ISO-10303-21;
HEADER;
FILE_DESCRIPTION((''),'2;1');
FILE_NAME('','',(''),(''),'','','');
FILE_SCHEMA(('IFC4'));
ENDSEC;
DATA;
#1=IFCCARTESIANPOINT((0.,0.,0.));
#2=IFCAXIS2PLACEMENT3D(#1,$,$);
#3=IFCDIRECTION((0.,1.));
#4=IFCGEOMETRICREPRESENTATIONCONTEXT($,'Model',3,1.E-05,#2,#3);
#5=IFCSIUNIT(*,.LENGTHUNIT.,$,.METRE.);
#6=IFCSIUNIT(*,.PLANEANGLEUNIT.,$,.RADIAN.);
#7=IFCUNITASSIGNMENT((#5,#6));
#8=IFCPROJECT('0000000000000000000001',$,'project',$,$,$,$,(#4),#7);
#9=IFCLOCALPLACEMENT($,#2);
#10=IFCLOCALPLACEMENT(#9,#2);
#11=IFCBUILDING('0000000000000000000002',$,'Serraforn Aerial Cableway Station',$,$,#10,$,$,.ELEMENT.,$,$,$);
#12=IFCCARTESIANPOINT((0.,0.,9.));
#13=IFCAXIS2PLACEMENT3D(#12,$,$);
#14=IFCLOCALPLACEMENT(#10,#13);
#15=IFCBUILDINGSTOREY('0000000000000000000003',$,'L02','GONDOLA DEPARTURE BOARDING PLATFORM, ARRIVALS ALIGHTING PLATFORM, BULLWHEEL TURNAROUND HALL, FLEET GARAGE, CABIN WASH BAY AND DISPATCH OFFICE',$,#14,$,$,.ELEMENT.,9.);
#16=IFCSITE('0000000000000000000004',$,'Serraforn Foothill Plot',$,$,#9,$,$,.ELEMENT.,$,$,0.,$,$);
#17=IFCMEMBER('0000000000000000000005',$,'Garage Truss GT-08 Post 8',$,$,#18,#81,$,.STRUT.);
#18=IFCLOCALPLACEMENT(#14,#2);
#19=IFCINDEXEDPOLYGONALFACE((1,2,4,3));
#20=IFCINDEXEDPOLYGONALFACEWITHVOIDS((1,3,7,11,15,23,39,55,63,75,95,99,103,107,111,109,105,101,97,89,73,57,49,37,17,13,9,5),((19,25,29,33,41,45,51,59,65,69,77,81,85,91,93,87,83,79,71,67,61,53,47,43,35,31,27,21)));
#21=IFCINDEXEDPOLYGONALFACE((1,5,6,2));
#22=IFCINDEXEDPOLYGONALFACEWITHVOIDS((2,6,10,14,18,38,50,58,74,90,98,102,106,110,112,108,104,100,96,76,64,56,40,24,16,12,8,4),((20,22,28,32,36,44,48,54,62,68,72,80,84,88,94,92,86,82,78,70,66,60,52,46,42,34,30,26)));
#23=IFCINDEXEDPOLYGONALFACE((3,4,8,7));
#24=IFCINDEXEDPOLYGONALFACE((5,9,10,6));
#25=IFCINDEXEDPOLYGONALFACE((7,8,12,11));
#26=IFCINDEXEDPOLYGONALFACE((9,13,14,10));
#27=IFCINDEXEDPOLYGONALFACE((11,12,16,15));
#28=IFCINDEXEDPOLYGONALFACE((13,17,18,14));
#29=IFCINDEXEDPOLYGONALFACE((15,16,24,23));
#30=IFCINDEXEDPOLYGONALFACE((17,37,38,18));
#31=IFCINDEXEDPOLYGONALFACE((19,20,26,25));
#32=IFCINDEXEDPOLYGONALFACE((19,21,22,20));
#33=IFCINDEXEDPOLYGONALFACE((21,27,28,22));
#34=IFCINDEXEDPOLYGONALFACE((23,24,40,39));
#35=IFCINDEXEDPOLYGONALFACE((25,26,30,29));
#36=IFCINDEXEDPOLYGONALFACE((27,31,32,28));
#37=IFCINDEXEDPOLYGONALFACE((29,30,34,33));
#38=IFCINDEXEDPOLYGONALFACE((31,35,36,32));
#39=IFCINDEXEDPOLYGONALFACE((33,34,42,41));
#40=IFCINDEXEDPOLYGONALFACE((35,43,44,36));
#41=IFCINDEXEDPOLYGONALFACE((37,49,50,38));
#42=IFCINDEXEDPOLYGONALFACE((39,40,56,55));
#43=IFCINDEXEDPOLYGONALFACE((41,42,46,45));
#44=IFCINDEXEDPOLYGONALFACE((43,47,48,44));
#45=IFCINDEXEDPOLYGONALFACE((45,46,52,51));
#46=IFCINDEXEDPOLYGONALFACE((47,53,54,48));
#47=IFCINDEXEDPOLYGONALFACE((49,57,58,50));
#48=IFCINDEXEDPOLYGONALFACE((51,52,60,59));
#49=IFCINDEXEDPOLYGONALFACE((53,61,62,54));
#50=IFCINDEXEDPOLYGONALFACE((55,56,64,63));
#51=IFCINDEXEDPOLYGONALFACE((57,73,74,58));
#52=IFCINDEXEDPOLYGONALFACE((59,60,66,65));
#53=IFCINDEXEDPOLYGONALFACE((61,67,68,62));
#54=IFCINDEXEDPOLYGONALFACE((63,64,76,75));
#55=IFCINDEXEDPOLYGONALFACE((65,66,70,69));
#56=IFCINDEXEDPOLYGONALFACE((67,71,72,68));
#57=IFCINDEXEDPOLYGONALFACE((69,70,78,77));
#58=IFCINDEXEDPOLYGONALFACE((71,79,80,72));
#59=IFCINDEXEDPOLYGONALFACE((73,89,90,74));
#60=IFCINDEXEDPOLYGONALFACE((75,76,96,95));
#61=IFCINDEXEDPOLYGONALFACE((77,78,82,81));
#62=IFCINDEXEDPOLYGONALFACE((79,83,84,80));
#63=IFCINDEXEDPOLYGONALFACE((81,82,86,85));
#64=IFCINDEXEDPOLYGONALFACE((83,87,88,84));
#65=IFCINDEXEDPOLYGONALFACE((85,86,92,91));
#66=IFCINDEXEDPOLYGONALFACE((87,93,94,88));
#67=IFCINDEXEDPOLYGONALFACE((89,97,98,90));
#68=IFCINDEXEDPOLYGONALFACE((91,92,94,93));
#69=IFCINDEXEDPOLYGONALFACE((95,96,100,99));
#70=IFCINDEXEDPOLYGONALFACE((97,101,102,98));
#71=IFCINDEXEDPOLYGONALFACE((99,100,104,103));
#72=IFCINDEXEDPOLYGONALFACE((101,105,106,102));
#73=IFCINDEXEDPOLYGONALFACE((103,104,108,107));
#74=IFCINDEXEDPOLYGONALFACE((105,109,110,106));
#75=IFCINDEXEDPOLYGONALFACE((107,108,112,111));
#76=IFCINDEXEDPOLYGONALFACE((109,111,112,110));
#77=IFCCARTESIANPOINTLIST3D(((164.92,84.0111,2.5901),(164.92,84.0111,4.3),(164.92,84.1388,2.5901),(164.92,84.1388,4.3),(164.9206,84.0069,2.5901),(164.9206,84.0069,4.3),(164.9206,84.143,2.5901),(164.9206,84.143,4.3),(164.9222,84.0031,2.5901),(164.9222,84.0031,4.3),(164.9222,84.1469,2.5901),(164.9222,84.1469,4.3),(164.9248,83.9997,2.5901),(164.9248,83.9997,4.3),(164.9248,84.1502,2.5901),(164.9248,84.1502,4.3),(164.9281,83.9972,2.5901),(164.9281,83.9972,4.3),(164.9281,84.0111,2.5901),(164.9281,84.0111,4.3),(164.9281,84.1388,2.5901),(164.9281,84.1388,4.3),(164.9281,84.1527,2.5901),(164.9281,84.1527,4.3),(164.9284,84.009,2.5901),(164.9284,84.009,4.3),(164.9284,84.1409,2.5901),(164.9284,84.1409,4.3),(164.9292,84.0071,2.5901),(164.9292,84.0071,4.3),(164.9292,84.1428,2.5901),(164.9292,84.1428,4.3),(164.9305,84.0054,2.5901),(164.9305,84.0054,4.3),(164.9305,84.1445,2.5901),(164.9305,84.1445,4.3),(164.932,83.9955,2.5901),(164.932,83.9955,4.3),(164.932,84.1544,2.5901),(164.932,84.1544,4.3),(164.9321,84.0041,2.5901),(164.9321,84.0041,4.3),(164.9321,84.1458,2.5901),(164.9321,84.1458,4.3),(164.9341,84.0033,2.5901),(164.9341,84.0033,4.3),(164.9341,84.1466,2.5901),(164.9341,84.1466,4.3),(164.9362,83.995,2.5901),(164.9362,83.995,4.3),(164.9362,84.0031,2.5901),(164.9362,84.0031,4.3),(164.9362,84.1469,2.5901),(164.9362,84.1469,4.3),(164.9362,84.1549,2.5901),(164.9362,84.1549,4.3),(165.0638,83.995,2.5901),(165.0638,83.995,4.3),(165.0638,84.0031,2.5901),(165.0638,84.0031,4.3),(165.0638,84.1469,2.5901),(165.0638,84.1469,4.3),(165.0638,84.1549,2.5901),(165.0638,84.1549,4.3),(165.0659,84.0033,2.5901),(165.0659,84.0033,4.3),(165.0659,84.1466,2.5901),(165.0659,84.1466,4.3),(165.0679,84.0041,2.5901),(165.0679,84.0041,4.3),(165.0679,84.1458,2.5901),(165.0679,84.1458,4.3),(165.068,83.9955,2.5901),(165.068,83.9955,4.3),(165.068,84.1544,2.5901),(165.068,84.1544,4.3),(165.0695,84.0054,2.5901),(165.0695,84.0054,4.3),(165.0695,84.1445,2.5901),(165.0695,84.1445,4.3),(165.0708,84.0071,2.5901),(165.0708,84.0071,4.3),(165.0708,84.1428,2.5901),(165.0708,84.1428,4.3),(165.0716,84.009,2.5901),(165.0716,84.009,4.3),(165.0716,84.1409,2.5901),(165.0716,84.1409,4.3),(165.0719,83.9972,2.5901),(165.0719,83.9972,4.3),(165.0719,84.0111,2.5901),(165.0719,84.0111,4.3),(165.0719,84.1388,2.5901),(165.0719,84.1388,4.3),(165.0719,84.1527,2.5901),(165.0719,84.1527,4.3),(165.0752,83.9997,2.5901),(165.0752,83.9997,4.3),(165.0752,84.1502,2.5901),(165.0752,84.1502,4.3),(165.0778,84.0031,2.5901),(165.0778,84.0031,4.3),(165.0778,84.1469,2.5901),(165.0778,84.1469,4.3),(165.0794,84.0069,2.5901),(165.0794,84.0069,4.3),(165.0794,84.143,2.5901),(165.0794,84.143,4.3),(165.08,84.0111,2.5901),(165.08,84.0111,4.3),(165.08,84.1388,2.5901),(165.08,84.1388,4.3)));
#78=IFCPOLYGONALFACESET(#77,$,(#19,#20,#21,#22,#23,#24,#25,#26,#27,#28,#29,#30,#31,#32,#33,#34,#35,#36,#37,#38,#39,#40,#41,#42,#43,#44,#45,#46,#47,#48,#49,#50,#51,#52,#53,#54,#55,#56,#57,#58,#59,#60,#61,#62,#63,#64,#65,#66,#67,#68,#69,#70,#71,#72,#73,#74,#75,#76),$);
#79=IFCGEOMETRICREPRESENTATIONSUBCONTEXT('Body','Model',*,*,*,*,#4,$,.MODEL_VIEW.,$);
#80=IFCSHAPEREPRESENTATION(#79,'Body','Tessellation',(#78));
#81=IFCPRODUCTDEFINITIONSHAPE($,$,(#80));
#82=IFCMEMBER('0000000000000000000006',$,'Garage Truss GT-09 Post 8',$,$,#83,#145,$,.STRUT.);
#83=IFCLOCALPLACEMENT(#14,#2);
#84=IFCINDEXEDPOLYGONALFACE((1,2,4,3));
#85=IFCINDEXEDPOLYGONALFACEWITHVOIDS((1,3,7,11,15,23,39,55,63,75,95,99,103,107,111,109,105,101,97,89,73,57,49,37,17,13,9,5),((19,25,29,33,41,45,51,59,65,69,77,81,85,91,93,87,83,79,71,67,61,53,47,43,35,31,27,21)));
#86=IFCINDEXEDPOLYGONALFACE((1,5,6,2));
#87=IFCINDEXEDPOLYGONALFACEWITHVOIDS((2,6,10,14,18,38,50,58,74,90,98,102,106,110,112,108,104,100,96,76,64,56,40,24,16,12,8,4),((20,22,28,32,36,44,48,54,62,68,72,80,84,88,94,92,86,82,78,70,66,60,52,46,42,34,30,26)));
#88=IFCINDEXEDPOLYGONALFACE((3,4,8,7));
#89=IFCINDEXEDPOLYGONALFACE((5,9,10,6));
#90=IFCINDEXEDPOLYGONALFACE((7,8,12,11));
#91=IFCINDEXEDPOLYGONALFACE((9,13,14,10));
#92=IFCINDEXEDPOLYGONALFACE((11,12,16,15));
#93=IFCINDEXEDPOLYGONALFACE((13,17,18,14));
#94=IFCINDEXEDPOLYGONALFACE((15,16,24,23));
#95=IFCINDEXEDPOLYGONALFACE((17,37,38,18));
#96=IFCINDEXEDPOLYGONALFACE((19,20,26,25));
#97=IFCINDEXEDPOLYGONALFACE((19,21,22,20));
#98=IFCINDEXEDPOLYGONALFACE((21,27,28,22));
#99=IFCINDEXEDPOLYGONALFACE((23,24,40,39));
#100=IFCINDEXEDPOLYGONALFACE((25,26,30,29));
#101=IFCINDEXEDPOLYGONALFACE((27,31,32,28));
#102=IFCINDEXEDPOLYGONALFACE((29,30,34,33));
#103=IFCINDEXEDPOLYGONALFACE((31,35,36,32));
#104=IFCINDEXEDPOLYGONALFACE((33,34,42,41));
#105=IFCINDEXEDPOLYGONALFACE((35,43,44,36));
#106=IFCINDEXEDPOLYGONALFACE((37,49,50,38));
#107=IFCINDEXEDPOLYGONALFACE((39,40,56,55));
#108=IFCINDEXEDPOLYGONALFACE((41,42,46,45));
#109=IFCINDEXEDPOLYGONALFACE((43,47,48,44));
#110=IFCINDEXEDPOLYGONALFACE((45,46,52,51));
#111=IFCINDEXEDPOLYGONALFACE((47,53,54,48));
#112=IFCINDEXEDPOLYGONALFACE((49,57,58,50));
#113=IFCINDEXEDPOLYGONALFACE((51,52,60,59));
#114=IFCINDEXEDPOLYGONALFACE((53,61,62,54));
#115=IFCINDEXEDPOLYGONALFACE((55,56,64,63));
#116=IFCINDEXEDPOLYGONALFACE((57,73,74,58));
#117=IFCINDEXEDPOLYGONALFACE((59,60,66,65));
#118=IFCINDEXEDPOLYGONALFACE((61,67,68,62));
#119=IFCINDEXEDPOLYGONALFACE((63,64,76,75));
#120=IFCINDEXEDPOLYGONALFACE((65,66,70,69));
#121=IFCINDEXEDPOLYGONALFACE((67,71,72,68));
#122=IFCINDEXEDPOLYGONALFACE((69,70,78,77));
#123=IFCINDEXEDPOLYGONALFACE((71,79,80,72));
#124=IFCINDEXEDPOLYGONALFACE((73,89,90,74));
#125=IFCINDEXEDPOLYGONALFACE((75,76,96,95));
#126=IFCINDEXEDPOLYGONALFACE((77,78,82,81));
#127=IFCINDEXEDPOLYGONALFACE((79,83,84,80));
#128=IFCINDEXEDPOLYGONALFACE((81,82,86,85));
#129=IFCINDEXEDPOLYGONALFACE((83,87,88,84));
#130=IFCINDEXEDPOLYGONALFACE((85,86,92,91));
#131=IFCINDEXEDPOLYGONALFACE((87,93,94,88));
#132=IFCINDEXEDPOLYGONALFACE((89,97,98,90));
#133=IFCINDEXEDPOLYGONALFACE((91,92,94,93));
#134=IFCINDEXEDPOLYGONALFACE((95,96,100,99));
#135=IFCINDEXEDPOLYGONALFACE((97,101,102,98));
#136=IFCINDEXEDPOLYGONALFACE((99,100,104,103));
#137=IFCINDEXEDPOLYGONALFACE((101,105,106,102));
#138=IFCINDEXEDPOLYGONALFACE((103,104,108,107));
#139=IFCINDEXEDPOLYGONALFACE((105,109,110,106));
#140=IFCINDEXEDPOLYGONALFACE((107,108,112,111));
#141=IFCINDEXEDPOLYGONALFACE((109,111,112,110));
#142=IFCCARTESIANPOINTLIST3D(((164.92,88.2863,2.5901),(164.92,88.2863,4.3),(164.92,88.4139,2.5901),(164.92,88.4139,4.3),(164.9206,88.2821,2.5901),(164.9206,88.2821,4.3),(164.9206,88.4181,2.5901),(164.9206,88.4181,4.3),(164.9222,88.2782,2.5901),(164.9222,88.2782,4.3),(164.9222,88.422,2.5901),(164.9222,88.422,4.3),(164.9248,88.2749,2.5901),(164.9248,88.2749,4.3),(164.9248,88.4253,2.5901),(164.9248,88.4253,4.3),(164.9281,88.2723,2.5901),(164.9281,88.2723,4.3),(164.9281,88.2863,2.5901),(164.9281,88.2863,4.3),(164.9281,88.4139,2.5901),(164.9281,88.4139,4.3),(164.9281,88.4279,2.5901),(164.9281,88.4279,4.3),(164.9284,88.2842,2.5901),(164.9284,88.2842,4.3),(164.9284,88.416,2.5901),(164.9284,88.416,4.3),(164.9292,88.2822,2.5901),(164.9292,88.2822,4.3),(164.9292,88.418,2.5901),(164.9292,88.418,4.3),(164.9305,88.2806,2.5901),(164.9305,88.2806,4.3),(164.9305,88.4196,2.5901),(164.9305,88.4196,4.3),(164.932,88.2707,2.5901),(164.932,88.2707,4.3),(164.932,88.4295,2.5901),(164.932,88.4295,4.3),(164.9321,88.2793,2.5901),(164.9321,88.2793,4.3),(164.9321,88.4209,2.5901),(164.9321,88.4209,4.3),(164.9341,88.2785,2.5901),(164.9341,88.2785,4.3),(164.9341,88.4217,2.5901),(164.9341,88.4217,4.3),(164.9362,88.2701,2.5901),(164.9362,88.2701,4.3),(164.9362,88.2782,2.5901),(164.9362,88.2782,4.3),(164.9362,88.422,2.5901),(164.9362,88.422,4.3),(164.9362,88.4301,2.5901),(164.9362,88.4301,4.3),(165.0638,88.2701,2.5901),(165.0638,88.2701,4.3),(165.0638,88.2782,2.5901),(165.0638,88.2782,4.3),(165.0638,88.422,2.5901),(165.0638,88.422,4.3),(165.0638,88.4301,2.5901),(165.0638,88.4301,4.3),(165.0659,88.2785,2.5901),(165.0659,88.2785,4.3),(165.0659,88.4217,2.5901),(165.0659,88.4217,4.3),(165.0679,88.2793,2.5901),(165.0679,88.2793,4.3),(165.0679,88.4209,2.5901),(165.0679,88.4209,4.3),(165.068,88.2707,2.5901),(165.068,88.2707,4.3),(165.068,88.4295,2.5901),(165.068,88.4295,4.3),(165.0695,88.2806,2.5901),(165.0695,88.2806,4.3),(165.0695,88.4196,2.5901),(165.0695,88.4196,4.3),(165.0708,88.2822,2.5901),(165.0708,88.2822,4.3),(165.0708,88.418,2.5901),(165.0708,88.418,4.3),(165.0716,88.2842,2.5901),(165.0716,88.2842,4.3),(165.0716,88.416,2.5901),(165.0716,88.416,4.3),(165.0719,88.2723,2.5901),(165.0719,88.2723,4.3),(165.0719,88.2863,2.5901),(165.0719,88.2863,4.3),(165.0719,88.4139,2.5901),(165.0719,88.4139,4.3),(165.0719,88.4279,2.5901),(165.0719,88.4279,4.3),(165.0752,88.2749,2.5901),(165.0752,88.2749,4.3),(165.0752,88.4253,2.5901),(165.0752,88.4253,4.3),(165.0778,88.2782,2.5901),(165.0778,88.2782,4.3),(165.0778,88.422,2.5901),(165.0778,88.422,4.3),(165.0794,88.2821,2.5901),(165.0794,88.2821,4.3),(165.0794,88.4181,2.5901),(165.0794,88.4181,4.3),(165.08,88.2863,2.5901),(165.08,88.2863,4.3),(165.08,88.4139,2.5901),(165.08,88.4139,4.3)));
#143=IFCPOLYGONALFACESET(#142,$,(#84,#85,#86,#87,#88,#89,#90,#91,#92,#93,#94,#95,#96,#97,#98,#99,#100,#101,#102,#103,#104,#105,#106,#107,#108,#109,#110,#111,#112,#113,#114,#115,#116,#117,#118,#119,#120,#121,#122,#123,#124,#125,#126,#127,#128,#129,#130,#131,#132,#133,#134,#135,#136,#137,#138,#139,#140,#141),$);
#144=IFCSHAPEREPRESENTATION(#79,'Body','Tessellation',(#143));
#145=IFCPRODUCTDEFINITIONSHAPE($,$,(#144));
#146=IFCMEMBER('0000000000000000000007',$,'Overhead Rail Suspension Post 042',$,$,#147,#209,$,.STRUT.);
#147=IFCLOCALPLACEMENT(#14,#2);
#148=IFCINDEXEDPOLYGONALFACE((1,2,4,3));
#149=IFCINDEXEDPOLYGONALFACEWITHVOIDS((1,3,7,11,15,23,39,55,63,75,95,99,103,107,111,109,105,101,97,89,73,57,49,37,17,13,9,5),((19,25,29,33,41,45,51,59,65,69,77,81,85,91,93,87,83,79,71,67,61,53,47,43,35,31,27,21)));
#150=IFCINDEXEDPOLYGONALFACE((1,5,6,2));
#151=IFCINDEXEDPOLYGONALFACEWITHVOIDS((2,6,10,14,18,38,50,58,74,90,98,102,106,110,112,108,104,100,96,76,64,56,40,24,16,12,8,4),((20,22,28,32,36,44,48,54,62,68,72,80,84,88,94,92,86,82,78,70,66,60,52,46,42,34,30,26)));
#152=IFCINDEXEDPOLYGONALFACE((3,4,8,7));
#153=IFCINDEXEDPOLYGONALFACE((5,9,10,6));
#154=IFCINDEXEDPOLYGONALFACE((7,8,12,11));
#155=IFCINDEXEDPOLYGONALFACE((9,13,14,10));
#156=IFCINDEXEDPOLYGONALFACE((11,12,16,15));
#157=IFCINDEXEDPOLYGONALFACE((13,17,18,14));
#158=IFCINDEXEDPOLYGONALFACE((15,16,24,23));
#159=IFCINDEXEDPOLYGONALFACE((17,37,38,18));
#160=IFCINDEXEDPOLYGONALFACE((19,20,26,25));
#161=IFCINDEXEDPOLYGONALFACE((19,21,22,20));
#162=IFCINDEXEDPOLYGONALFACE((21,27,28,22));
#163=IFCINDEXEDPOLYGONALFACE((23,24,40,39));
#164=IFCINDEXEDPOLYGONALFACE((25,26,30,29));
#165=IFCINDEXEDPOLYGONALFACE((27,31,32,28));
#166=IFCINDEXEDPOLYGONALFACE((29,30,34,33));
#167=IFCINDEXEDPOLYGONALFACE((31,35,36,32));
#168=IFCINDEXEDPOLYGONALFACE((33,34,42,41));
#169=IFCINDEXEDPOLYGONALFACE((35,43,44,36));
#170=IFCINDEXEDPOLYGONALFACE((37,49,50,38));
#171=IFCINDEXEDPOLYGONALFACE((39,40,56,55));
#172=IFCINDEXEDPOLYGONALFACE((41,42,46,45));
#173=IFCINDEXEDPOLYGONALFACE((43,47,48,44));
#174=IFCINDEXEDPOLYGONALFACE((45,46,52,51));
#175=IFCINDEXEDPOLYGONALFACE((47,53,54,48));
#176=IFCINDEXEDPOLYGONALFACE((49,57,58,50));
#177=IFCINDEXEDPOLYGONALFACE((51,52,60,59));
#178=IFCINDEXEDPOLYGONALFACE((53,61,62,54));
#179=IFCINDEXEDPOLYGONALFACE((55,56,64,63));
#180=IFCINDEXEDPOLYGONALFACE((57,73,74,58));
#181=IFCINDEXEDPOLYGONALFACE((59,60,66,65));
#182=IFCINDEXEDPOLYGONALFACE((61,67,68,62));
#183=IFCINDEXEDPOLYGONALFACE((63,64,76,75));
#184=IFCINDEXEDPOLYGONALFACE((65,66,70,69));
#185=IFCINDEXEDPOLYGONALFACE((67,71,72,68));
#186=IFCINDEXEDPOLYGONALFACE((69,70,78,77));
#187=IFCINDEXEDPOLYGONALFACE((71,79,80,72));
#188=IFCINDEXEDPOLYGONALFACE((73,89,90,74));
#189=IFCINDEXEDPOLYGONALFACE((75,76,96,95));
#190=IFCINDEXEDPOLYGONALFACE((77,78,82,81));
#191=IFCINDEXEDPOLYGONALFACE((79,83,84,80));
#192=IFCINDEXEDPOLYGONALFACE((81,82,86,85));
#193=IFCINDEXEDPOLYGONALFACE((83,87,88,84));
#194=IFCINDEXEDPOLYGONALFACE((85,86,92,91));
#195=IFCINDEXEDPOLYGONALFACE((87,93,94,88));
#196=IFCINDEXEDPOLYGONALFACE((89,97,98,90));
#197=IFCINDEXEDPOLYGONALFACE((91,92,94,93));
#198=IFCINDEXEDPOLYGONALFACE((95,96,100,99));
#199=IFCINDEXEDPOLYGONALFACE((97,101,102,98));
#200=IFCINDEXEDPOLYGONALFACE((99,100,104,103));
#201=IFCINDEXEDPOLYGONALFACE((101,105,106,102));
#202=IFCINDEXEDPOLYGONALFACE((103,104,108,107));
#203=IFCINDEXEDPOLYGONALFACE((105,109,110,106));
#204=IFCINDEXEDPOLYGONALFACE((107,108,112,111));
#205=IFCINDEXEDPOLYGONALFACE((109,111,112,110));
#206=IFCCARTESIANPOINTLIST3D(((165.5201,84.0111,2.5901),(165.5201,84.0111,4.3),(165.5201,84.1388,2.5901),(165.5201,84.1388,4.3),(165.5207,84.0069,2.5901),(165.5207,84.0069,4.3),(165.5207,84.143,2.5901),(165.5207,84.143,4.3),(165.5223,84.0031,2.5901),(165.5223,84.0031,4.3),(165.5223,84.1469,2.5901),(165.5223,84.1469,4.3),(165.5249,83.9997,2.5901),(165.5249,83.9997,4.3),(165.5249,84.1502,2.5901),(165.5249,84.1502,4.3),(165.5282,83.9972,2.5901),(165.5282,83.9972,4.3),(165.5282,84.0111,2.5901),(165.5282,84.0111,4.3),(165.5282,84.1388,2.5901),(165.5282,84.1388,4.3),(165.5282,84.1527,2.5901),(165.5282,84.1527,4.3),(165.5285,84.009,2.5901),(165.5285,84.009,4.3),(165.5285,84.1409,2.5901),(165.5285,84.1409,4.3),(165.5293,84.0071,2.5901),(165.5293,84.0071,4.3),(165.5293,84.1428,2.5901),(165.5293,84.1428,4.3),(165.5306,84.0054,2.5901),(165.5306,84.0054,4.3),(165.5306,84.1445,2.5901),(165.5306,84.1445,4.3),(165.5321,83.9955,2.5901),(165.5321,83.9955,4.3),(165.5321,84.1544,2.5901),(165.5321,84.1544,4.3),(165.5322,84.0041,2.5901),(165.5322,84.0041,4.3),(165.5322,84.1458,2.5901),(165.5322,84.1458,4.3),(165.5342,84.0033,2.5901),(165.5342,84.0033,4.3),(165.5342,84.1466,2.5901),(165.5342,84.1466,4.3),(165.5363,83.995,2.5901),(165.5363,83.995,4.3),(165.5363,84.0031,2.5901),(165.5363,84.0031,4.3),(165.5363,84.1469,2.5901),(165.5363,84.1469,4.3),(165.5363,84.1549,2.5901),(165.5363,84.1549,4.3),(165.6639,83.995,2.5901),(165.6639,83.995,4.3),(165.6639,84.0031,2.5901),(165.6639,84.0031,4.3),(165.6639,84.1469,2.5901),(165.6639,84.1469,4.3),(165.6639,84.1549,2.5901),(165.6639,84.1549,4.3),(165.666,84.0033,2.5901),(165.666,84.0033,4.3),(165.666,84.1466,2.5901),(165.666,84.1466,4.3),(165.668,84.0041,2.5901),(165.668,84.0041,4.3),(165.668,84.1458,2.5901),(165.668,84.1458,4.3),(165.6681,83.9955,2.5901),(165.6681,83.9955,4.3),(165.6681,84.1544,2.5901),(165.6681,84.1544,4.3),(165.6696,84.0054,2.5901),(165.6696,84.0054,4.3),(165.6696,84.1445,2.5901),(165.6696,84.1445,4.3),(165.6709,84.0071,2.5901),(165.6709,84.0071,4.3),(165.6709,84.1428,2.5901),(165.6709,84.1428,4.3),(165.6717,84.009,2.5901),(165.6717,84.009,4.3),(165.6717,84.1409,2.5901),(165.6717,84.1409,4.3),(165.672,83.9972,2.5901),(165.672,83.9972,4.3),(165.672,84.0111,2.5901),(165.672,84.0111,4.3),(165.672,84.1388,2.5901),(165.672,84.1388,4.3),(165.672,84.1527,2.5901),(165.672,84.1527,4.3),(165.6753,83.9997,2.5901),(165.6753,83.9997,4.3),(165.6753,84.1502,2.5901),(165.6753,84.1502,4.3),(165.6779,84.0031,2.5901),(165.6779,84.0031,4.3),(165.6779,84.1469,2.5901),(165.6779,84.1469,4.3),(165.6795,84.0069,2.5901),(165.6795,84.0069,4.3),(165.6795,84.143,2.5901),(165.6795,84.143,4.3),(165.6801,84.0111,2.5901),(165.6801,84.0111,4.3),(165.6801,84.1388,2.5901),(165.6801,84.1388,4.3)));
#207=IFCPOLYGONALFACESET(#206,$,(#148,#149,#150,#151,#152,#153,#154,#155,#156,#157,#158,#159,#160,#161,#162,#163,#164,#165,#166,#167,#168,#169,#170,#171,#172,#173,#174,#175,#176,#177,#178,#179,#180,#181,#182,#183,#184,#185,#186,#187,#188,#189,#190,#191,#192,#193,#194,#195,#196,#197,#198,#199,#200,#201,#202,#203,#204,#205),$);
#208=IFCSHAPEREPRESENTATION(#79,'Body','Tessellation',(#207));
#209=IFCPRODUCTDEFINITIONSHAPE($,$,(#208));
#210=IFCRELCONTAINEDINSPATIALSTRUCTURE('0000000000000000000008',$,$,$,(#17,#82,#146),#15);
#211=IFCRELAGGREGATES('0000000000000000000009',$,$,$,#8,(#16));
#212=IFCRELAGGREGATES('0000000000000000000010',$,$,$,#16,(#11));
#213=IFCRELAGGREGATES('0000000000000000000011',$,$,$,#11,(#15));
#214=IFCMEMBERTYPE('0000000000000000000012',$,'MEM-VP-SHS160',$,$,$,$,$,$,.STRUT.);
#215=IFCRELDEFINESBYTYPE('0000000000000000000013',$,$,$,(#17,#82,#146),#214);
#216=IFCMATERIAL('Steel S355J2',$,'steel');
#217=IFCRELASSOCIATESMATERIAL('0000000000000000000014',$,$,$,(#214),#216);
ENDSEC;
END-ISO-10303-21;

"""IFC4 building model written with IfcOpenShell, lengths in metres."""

from ifc_helpers import new_model, si_unit, direction, frame, origin, origin_2d, place, context, subcontext, project, spatial, hollow_rectangle, extrude, material, material_profile, profile_set, type_object, element, save


model = new_model("IFC4")

# Units and contexts
model_context = context("Model", 3, precision=1e-05, world=origin(), true_north=direction((0.0, 1.0)))
body_context = subcontext(model_context, "Body", "Model", "MODEL_VIEW")
ifc_project = project(units=[si_unit("LENGTHUNIT", "METRE"), si_unit("PLANEANGLEUNIT", "RADIAN")], contexts=[model_context])

# Site, building, storey
site_placement = place(None, origin())
site = spatial("IfcSite", under=ifc_project, at=site_placement, Name="Serraforn Foothill Plot", CompositionType="ELEMENT", RefElevation=0.0)
building_placement = place(site_placement, origin())
building = spatial("IfcBuilding", under=site, at=building_placement, Name="Serraforn Aerial Cableway Station", CompositionType="ELEMENT")
storey_placement = place(building_placement, frame((0.0, 0.0, 9.0)))
storey = spatial("IfcBuildingStorey", under=building, at=storey_placement, Name="L02", Description="GONDOLA DEPARTURE BOARDING PLATFORM, ARRIVALS ALIGHTING PLATFORM, BULLWHEEL TURNAROUND HALL, FLEET GARAGE, CABIN WASH BAY AND DISPATCH OFFICE", CompositionType="ELEMENT", Elevation=9.0)

# Members
ifc_material_1 = material(Name="Steel S355J2", Category="steel")
ifc_material_profile_1 = material_profile(ifc_material_1, hollow_rectangle(XDim=0.1599, YDim=0.1599, WallThickness=0.0081, InnerFilletRadius=0.0081, OuterFilletRadius=0.0161, at=origin_2d()), Name="SHS 160x160x8.0")
ifc_profile_set_1 = profile_set([ifc_material_profile_1], Name="Steel S355J2")
member_type_1 = type_object("IfcMemberType", Name="MEM-VP-SHS160", PredefinedType="STRUT", material=ifc_profile_set_1)
for number, where, z_axis, x_axis, name in (
    (1, (165.0, 84.075, 2.5901), (0.0, 0.0, 1.0), (1.0, 0.0, 0.0), "Garage Truss GT-08 Post 8"),
    (2, (165.0, 88.3501, 2.5901), (0.0, 0.0, 1.0), (1.0, 0.0, 0.0), "Garage Truss GT-09 Post 8"),
    (3, (165.6001, 84.075, 2.5901), (0.0, 0.0, 1.0), (1.0, 0.0, 0.0), "Overhead Rail Suspension Post 042"),
):
    element("IfcMember", number, at=place(storey_placement, frame(where, z_axis=z_axis, x_axis=x_axis)), inside=storey, type_object=member_type_1, Name=name, PredefinedType="STRUT", context=body_context, shape_type="SweptSolid", body=[
        extrude(hollow_rectangle(XDim=0.1599, YDim=0.1599, WallThickness=0.0081, InnerFilletRadius=0.0081, OuterFilletRadius=0.0161, at=origin_2d()), origin(), (0.0, 0.0, 1.0), 1.71),
    ])

save(model, "model.ifc")
